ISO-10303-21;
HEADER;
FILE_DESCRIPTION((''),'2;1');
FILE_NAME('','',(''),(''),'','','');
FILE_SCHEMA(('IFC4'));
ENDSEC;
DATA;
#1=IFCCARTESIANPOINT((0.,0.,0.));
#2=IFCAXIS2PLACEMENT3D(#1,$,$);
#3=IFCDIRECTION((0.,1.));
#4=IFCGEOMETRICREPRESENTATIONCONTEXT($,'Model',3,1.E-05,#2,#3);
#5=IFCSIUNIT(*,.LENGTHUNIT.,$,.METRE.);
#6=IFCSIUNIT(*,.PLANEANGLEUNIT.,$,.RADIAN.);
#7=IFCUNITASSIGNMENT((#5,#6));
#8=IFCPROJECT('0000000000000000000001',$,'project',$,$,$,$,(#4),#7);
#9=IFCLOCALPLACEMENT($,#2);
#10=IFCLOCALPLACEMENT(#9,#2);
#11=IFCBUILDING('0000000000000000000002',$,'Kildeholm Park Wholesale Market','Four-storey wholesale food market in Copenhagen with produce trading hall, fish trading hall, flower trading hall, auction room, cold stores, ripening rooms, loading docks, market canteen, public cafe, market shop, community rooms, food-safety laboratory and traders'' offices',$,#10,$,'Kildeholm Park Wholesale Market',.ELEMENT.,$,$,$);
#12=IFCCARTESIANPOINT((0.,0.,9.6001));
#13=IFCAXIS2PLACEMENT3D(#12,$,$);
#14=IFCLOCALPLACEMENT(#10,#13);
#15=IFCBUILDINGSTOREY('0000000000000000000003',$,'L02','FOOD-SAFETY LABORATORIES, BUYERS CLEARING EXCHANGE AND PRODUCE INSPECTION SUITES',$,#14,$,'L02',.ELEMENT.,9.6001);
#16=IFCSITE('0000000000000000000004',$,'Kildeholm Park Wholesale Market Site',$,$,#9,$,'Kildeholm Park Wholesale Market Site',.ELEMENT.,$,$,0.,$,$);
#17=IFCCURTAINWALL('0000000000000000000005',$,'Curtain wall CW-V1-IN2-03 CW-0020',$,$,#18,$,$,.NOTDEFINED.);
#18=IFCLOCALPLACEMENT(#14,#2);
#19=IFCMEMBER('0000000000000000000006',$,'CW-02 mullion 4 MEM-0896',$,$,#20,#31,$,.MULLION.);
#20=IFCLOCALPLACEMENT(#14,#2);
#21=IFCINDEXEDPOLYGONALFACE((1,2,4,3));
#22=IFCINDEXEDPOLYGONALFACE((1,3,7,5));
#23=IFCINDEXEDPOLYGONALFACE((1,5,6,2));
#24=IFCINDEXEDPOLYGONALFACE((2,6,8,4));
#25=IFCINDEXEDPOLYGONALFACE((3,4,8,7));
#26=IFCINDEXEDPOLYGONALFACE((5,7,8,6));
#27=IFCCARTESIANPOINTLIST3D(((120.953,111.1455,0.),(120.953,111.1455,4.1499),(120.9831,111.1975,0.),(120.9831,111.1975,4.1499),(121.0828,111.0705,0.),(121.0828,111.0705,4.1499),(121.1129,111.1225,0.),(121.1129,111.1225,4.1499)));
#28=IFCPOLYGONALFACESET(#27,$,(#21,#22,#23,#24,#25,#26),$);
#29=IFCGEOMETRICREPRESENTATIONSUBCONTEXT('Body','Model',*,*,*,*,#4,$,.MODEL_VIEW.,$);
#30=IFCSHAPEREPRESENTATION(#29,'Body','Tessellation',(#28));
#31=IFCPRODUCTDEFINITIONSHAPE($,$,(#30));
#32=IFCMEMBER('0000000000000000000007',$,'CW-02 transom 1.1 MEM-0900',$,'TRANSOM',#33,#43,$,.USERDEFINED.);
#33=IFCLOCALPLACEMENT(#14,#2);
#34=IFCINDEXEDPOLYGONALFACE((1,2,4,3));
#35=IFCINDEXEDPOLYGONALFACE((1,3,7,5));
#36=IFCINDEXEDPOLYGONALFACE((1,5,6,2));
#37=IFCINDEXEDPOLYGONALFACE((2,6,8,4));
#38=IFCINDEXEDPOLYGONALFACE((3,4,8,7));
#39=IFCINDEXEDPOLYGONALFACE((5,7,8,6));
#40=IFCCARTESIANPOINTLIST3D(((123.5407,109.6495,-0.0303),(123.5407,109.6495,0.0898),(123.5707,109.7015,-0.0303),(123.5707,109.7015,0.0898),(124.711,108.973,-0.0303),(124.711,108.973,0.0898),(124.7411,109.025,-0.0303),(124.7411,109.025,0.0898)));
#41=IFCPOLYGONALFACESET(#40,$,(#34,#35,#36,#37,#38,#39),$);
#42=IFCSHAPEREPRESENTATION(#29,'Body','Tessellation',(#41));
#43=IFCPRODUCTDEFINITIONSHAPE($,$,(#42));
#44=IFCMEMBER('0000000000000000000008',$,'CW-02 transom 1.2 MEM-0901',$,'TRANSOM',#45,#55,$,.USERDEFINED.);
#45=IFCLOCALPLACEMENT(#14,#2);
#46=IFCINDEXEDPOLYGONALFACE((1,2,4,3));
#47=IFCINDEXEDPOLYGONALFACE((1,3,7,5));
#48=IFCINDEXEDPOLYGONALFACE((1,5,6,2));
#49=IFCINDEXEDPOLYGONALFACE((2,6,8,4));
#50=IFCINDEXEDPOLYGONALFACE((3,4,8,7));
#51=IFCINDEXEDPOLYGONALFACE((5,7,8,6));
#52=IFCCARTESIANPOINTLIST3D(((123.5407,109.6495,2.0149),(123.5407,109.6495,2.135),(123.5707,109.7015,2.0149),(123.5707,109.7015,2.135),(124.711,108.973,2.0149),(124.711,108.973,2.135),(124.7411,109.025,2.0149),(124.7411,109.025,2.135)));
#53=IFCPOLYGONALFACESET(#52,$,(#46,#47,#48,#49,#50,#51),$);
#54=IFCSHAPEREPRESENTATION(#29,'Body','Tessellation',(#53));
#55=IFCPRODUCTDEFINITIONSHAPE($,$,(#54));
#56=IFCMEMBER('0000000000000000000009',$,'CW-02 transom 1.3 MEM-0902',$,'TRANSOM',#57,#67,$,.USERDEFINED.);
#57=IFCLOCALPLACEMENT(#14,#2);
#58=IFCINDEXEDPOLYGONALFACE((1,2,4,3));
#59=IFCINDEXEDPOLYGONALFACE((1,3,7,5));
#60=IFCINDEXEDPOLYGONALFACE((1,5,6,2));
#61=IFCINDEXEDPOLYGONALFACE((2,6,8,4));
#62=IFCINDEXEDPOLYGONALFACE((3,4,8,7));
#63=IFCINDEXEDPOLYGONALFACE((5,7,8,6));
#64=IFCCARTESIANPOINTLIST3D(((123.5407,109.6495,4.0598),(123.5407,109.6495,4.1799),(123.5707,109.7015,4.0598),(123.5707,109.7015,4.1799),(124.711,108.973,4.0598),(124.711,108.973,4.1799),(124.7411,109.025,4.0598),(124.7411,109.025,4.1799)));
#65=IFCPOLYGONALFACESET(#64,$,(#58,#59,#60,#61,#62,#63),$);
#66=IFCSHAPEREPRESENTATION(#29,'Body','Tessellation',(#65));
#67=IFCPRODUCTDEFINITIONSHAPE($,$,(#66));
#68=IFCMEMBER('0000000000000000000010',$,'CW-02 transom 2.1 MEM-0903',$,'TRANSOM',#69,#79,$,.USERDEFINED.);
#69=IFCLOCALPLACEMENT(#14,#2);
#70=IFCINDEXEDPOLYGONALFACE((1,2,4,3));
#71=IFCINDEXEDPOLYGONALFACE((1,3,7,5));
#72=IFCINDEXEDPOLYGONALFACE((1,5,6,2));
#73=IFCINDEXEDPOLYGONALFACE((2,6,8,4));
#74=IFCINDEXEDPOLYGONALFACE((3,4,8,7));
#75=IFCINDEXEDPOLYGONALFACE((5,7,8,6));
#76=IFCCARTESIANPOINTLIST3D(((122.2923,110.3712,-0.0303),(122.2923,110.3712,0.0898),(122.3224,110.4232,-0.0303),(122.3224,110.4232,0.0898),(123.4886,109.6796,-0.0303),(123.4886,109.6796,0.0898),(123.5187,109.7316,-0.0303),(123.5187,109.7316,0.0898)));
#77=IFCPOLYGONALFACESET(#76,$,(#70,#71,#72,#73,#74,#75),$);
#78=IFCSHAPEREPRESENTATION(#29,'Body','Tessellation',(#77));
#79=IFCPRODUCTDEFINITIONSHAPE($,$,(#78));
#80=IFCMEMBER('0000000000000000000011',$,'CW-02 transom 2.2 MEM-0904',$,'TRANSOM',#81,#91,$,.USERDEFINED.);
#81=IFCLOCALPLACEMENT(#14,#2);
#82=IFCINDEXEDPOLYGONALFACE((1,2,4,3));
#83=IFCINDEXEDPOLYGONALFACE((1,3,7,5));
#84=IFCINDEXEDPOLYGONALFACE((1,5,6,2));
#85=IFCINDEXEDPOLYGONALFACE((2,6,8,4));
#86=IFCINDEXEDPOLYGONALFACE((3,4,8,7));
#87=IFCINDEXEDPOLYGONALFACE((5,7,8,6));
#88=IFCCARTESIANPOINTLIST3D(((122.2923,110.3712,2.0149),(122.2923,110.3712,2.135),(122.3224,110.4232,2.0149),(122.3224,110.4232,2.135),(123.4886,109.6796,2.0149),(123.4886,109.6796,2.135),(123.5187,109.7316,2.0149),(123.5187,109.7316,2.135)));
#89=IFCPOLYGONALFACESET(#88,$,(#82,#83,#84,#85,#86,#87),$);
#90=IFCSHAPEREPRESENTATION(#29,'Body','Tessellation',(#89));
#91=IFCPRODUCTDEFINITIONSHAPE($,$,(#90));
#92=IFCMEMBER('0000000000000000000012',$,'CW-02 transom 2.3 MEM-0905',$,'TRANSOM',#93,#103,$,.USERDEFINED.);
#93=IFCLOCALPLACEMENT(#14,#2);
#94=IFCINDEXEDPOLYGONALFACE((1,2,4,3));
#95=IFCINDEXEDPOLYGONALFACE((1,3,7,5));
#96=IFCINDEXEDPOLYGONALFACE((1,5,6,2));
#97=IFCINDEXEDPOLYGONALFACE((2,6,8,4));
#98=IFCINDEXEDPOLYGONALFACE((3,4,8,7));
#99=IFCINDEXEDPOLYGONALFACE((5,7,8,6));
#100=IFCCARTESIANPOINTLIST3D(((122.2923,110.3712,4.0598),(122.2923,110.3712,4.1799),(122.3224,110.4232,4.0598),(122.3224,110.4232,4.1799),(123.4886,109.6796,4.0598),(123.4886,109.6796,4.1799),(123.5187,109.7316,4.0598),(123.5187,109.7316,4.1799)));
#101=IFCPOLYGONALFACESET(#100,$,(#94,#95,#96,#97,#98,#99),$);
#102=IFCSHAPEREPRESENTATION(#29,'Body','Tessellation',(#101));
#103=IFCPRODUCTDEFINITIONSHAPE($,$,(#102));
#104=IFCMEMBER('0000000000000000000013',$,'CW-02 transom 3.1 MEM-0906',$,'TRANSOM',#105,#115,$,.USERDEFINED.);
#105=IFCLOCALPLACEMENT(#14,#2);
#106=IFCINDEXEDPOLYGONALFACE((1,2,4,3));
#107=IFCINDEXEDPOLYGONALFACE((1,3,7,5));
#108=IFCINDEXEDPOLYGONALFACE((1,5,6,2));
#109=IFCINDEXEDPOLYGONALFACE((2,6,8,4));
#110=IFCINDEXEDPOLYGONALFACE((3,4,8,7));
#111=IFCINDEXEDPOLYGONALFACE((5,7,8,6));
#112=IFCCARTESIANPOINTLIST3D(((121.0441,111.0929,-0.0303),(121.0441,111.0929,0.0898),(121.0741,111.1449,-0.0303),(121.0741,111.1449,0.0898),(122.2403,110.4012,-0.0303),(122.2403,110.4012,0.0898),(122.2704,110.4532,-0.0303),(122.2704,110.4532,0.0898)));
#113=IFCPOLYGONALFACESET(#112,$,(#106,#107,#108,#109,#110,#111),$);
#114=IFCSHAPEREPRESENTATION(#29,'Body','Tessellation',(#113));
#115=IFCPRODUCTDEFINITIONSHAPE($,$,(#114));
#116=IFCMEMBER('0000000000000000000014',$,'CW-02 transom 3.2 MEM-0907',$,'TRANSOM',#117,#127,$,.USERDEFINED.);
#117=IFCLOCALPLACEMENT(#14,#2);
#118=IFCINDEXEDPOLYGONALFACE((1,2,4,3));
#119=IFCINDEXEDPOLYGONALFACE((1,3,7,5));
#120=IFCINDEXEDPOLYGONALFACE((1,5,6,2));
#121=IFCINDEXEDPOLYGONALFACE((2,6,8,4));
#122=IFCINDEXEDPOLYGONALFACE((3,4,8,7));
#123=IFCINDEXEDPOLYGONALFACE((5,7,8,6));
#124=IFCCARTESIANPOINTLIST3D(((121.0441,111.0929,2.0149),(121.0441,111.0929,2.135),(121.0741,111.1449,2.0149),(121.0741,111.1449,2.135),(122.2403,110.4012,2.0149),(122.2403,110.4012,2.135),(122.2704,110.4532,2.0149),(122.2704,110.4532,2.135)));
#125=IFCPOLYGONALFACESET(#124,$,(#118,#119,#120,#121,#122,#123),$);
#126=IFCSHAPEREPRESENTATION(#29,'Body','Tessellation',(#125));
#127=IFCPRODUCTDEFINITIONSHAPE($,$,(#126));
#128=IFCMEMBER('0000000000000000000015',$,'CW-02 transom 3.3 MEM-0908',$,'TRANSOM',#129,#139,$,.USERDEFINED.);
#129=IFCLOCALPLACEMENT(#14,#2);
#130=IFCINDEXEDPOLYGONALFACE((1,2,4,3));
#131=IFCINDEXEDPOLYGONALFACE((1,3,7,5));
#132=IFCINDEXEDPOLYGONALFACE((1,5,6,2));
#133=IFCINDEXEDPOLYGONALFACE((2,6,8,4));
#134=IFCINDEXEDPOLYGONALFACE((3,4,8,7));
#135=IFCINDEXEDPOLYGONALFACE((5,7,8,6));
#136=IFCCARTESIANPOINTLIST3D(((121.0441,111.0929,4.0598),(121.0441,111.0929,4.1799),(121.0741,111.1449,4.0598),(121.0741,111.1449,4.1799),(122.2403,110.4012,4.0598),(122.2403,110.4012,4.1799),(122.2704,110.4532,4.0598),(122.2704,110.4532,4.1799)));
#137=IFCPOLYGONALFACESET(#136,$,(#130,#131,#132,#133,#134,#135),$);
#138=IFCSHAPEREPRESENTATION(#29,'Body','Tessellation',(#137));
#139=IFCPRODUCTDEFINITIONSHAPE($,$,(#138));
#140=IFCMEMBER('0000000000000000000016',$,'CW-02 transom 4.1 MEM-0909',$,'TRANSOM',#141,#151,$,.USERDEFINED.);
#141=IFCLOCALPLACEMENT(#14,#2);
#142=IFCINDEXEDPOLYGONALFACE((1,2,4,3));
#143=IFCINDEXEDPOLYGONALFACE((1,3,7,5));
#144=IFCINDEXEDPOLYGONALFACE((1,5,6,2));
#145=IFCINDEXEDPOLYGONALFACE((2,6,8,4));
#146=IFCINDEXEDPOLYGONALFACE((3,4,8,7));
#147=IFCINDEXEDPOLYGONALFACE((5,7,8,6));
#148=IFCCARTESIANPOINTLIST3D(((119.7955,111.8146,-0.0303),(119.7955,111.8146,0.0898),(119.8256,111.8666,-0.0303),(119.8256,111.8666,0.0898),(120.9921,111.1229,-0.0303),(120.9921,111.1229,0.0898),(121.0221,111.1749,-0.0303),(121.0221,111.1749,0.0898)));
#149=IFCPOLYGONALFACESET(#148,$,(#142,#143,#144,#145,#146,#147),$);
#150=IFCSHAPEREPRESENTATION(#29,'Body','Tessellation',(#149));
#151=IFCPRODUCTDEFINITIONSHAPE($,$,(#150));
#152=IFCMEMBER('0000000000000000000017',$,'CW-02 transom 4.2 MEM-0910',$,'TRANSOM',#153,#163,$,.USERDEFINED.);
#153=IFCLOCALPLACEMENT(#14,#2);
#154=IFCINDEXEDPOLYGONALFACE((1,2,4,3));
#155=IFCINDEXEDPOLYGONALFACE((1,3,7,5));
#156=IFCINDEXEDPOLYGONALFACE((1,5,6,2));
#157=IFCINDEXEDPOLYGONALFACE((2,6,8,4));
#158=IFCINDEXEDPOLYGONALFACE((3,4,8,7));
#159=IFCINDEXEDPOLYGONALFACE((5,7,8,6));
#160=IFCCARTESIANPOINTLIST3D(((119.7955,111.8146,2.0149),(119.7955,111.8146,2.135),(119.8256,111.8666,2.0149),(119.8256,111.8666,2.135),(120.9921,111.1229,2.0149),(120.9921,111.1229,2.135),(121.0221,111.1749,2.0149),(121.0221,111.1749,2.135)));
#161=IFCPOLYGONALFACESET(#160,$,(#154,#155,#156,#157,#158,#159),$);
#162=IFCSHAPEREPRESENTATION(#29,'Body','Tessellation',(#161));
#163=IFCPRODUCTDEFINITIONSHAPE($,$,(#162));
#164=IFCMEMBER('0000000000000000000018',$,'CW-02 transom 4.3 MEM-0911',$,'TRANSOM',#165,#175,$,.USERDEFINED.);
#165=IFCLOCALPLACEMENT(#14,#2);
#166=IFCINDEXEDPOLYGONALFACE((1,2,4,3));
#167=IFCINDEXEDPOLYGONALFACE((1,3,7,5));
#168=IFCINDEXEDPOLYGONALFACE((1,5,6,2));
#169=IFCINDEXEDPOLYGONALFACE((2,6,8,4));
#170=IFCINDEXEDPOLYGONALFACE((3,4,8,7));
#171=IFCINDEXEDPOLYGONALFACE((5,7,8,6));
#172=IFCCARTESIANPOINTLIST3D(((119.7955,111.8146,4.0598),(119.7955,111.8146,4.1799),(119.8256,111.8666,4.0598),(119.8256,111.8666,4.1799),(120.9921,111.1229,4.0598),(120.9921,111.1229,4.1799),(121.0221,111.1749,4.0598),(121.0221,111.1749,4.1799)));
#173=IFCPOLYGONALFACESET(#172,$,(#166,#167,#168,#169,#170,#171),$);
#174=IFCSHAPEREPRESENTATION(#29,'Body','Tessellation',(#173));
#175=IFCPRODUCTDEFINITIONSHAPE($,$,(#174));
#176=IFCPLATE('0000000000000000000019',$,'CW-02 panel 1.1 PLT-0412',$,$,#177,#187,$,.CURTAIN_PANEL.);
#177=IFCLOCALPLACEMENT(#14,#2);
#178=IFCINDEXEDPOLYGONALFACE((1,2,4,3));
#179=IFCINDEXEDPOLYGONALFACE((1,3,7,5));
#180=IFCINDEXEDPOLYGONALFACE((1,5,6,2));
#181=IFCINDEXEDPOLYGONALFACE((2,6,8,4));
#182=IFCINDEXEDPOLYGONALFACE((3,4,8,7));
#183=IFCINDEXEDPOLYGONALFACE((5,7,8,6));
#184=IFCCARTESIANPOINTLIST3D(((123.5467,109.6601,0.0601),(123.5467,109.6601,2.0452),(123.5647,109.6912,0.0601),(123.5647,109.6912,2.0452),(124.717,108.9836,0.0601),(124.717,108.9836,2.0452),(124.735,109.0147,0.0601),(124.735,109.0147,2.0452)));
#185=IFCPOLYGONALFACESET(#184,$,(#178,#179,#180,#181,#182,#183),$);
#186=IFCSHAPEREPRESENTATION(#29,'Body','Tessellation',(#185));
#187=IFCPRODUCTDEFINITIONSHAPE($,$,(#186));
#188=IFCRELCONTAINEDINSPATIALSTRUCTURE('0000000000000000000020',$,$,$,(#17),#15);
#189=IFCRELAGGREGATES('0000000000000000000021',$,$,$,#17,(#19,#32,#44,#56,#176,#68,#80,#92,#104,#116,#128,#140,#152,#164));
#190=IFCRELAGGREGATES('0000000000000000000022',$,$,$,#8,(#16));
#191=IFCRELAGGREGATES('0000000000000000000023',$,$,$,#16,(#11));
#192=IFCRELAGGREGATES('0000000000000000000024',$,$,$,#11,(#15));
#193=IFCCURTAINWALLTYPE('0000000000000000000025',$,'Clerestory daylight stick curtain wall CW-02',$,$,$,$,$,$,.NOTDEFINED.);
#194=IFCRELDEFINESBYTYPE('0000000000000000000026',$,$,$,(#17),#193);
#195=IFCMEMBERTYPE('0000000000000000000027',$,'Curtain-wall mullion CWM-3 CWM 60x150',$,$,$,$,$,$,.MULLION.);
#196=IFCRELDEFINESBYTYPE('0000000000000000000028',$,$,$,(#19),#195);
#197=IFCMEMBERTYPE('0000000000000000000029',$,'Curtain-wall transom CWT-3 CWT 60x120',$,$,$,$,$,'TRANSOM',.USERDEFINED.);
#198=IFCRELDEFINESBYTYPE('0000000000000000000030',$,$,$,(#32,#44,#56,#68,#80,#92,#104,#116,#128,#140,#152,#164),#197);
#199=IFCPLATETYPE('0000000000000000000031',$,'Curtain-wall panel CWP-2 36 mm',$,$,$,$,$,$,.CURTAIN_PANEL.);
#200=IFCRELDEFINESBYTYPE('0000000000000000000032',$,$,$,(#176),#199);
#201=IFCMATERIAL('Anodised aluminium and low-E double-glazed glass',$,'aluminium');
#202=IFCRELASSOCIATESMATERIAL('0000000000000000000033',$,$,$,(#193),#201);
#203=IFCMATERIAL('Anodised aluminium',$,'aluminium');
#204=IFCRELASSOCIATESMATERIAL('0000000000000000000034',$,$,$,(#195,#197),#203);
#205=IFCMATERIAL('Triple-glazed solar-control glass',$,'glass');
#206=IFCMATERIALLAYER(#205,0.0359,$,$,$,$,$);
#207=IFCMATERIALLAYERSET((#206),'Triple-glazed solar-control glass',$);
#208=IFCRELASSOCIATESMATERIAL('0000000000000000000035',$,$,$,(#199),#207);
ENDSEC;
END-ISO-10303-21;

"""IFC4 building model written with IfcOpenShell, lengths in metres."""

from ifc_helpers import new_model, si_unit, direction, frame, origin, origin_2d, place, context, subcontext, project, spatial, rectangle, extrude, material, layer, layer_set, material_profile, profile_set, type_object, element, aggregate, save


model = new_model("IFC4")

# Units and contexts
model_context = context("Model", 3, precision=1e-05, world=origin(), true_north=direction((0.0, 1.0)))
body_context = subcontext(model_context, "Body", "Model", "MODEL_VIEW")
ifc_project = project(units=[si_unit("LENGTHUNIT", "METRE"), si_unit("PLANEANGLEUNIT", "RADIAN")], contexts=[model_context])

# Site, building, storey
site_placement = place(None, origin())
site = spatial("IfcSite", under=ifc_project, at=site_placement, Name="Kildeholm Park Wholesale Market Site", LongName="Kildeholm Park Wholesale Market Site", CompositionType="ELEMENT", RefElevation=0.0)
building_placement = place(site_placement, origin())
building = spatial("IfcBuilding", under=site, at=building_placement, Name="Kildeholm Park Wholesale Market", Description="Four-storey wholesale food market in Copenhagen with produce trading hall, fish trading hall, flower trading hall, auction room, cold stores, ripening rooms, loading docks, market canteen, public cafe, market shop, community rooms, food-safety laboratory and traders' offices", LongName="Kildeholm Park Wholesale Market", CompositionType="ELEMENT")
storey_placement = place(building_placement, frame((0.0, 0.0, 9.6001)))
storey = spatial("IfcBuildingStorey", under=building, at=storey_placement, Name="L02", Description="FOOD-SAFETY LABORATORIES, BUYERS CLEARING EXCHANGE AND PRODUCE INSPECTION SUITES", LongName="L02", CompositionType="ELEMENT", Elevation=9.6001)

# Curtain wall, members, plate
ifc_material_1 = material(Name="Anodised aluminium and low-E double-glazed glass", Category="aluminium")
curtain_wall_type = type_object("IfcCurtainWallType", Name="Clerestory daylight stick curtain wall CW-02", PredefinedType="NOTDEFINED", material=ifc_material_1)
curtain_wall_placement = place(storey_placement, origin())
curtain_wall = element("IfcCurtainWall", 1, at=curtain_wall_placement, inside=storey, type_object=curtain_wall_type, Name="Curtain wall CW-V1-IN2-03 CW-0020", PredefinedType="NOTDEFINED")
ifc_material_2 = material(Name="Anodised aluminium", Category="aluminium")
ifc_material_profile_1 = material_profile(ifc_material_2, rectangle(XDim=0.0601, YDim=0.1499, at=origin_2d()), Name="CWM 60x150")
ifc_profile_set_1 = profile_set([ifc_material_profile_1], Name="Anodised aluminium")
member_type_1 = type_object("IfcMemberType", Name="Curtain-wall mullion CWM-3 CWM 60x150", PredefinedType="MULLION", material=ifc_profile_set_1)
member_1_placement = place(storey_placement, frame((121.033, 111.134, 0.0), z_axis=(0.0, 0.0, 1.0), x_axis=(-0.500489, -0.865743, 0.0)))
member_1 = element("IfcMember", 2, at=member_1_placement, type_object=member_type_1, Name="CW-02 mullion 4 MEM-0896", PredefinedType="MULLION", context=body_context, shape_type="SweptSolid", body=[
    extrude(rectangle(XDim=0.0601, YDim=0.1499, at=origin_2d()), origin(), (0.0, 0.0, 1.0), 4.1499),
])
ifc_material_profile_2 = material_profile(ifc_material_2, rectangle(XDim=0.0601, YDim=0.1201, at=origin_2d()), Name="CWT 60x120")
ifc_profile_set_2 = profile_set([ifc_material_profile_2], Name="Anodised aluminium")
member_type_2 = type_object("IfcMemberType", Name="Curtain-wall transom CWT-3 CWT 60x120", ElementType="TRANSOM", PredefinedType="USERDEFINED", material=ifc_profile_set_2)
member_2_placement = place(storey_placement, frame((124.7261, 108.999, 0.0298), z_axis=(-0.865776, 0.500431, 0.0), x_axis=(-0.500431, -0.865776, 0.0)))
member_2 = element("IfcMember", 3, at=member_2_placement, type_object=member_type_2, Name="CW-02 transom 1.1 MEM-0900", ObjectType="TRANSOM", PredefinedType="USERDEFINED", context=body_context, shape_type="SweptSolid", body=[
    extrude(rectangle(XDim=0.0601, YDim=0.1201, at=origin_2d()), origin(), (0.0, 0.0, 1.0), 1.3518),
])
member_3_placement = place(storey_placement, frame((124.7261, 108.999, 2.075), z_axis=(-0.865776, 0.500431, 0.0), x_axis=(-0.500431, -0.865776, 0.0)))
member_3 = element("IfcMember", 4, at=member_3_placement, type_object=member_type_2, Name="CW-02 transom 1.2 MEM-0901", ObjectType="TRANSOM", PredefinedType="USERDEFINED", context=body_context, shape_type="SweptSolid", body=[
    extrude(rectangle(XDim=0.0601, YDim=0.1201, at=origin_2d()), origin(), (0.0, 0.0, 1.0), 1.3518),
])
member_4_placement = place(storey_placement, frame((124.7261, 108.999, 4.1199), z_axis=(-0.865776, 0.500431, 0.0), x_axis=(-0.500431, -0.865776, 0.0)))
member_4 = element("IfcMember", 5, at=member_4_placement, type_object=member_type_2, Name="CW-02 transom 1.3 MEM-0902", ObjectType="TRANSOM", PredefinedType="USERDEFINED", context=body_context, shape_type="SweptSolid", body=[
    extrude(rectangle(XDim=0.0601, YDim=0.1201, at=origin_2d()), origin(), (0.0, 0.0, 1.0), 1.3518),
])
member_5_placement = place(storey_placement, frame((123.5037, 109.7056, 0.0298), z_axis=(-0.86572, 0.500528, 0.0), x_axis=(-0.500528, -0.86572, 0.0)))
member_5 = element("IfcMember", 6, at=member_5_placement, type_object=member_type_2, Name="CW-02 transom 2.1 MEM-0903", ObjectType="TRANSOM", PredefinedType="USERDEFINED", context=body_context, shape_type="SweptSolid", body=[
    extrude(rectangle(XDim=0.0601, YDim=0.1201, at=origin_2d()), origin(), (0.0, 0.0, 1.0), 1.3818),
])
member_6_placement = place(storey_placement, frame((123.5037, 109.7056, 2.075), z_axis=(-0.86572, 0.500528, 0.0), x_axis=(-0.500528, -0.86572, 0.0)))
member_6 = element("IfcMember", 7, at=member_6_placement, type_object=member_type_2, Name="CW-02 transom 2.2 MEM-0904", ObjectType="TRANSOM", PredefinedType="USERDEFINED", context=body_context, shape_type="SweptSolid", body=[
    extrude(rectangle(XDim=0.0601, YDim=0.1201, at=origin_2d()), origin(), (0.0, 0.0, 1.0), 1.3818),
])
member_7_placement = place(storey_placement, frame((123.5037, 109.7056, 4.1199), z_axis=(-0.86572, 0.500528, 0.0), x_axis=(-0.500528, -0.86572, 0.0)))
member_7 = element("IfcMember", 8, at=member_7_placement, type_object=member_type_2, Name="CW-02 transom 2.3 MEM-0905", ObjectType="TRANSOM", PredefinedType="USERDEFINED", context=body_context, shape_type="SweptSolid", body=[
    extrude(rectangle(XDim=0.0601, YDim=0.1201, at=origin_2d()), origin(), (0.0, 0.0, 1.0), 1.3818),
])
member_8_placement = place(storey_placement, frame((122.2554, 110.4272, 0.0298), z_axis=(-0.86572, 0.500528, 0.0), x_axis=(-0.500528, -0.86572, 0.0)))
member_8 = element("IfcMember", 9, at=member_8_placement, type_object=member_type_2, Name="CW-02 transom 3.1 MEM-0906", ObjectType="TRANSOM", PredefinedType="USERDEFINED", context=body_context, shape_type="SweptSolid", body=[
    extrude(rectangle(XDim=0.0601, YDim=0.1201, at=origin_2d()), origin(), (0.0, 0.0, 1.0), 1.3818),
])
member_9_placement = place(storey_placement, frame((122.2554, 110.4272, 2.075), z_axis=(-0.86572, 0.500528, 0.0), x_axis=(-0.500528, -0.86572, 0.0)))
member_9 = element("IfcMember", 10, at=member_9_placement, type_object=member_type_2, Name="CW-02 transom 3.2 MEM-0907", ObjectType="TRANSOM", PredefinedType="USERDEFINED", context=body_context, shape_type="SweptSolid", body=[
    extrude(rectangle(XDim=0.0601, YDim=0.1201, at=origin_2d()), origin(), (0.0, 0.0, 1.0), 1.3818),
])
member_10_placement = place(storey_placement, frame((122.2554, 110.4272, 4.1199), z_axis=(-0.86572, 0.500528, 0.0), x_axis=(-0.500528, -0.86572, 0.0)))
member_10 = element("IfcMember", 11, at=member_10_placement, type_object=member_type_2, Name="CW-02 transom 3.3 MEM-0908", ObjectType="TRANSOM", PredefinedType="USERDEFINED", context=body_context, shape_type="SweptSolid", body=[
    extrude(rectangle(XDim=0.0601, YDim=0.1201, at=origin_2d()), origin(), (0.0, 0.0, 1.0), 1.3818),
])
member_11_placement = place(storey_placement, frame((121.0071, 111.1489, 0.0298), z_axis=(-0.865765, 0.500451, 0.0), x_axis=(-0.500451, -0.865765, 0.0)))
member_11 = element("IfcMember", 12, at=member_11_placement, type_object=member_type_2, Name="CW-02 transom 4.1 MEM-0909", ObjectType="TRANSOM", PredefinedType="USERDEFINED", context=body_context, shape_type="SweptSolid", body=[
    extrude(rectangle(XDim=0.0601, YDim=0.1201, at=origin_2d()), origin(), (0.0, 0.0, 1.0), 1.3821),
])
member_12_placement = place(storey_placement, frame((121.0071, 111.1489, 2.075), z_axis=(-0.865765, 0.500451, 0.0), x_axis=(-0.500451, -0.865765, 0.0)))
member_12 = element("IfcMember", 13, at=member_12_placement, type_object=member_type_2, Name="CW-02 transom 4.2 MEM-0910", ObjectType="TRANSOM", PredefinedType="USERDEFINED", context=body_context, shape_type="SweptSolid", body=[
    extrude(rectangle(XDim=0.0601, YDim=0.1201, at=origin_2d()), origin(), (0.0, 0.0, 1.0), 1.3821),
])
member_13_placement = place(storey_placement, frame((121.0071, 111.1489, 4.1199), z_axis=(-0.865765, 0.500451, 0.0), x_axis=(-0.500451, -0.865765, 0.0)))
member_13 = element("IfcMember", 14, at=member_13_placement, type_object=member_type_2, Name="CW-02 transom 4.3 MEM-0911", ObjectType="TRANSOM", PredefinedType="USERDEFINED", context=body_context, shape_type="SweptSolid", body=[
    extrude(rectangle(XDim=0.0601, YDim=0.1201, at=origin_2d()), origin(), (0.0, 0.0, 1.0), 1.3821),
])
ifc_material_3 = material(Name="Triple-glazed solar-control glass", Category="glass")
ifc_layer_1 = layer(ifc_material_3, 0.0359)
ifc_layer_set_1 = layer_set([ifc_layer_1], Name="Triple-glazed solar-control glass")
plate_type = type_object("IfcPlateType", Name="Curtain-wall panel CWP-2 36 mm", PredefinedType="CURTAIN_PANEL", material=ifc_layer_set_1)
plate_1_placement = place(storey_placement, frame((124.1409, 109.3374, 0.0601), z_axis=(0.0, 0.0, 1.0), x_axis=(-0.865743, 0.500489, 0.0)))
plate_1 = element("IfcPlate", 15, at=plate_1_placement, type_object=plate_type, Name="CW-02 panel 1.1 PLT-0412", PredefinedType="CURTAIN_PANEL", context=body_context, shape_type="SweptSolid", body=[
    extrude(rectangle(XDim=1.3518, YDim=0.0359, at=origin_2d()), origin(), (0.0, 0.0, 1.0), 1.9851),
])
aggregate(curtain_wall, [member_1, member_2, member_3, member_4, plate_1, member_5, member_6, member_7, member_8, member_9, member_10, member_11, member_12, member_13])

save(model, "model.ifc")
